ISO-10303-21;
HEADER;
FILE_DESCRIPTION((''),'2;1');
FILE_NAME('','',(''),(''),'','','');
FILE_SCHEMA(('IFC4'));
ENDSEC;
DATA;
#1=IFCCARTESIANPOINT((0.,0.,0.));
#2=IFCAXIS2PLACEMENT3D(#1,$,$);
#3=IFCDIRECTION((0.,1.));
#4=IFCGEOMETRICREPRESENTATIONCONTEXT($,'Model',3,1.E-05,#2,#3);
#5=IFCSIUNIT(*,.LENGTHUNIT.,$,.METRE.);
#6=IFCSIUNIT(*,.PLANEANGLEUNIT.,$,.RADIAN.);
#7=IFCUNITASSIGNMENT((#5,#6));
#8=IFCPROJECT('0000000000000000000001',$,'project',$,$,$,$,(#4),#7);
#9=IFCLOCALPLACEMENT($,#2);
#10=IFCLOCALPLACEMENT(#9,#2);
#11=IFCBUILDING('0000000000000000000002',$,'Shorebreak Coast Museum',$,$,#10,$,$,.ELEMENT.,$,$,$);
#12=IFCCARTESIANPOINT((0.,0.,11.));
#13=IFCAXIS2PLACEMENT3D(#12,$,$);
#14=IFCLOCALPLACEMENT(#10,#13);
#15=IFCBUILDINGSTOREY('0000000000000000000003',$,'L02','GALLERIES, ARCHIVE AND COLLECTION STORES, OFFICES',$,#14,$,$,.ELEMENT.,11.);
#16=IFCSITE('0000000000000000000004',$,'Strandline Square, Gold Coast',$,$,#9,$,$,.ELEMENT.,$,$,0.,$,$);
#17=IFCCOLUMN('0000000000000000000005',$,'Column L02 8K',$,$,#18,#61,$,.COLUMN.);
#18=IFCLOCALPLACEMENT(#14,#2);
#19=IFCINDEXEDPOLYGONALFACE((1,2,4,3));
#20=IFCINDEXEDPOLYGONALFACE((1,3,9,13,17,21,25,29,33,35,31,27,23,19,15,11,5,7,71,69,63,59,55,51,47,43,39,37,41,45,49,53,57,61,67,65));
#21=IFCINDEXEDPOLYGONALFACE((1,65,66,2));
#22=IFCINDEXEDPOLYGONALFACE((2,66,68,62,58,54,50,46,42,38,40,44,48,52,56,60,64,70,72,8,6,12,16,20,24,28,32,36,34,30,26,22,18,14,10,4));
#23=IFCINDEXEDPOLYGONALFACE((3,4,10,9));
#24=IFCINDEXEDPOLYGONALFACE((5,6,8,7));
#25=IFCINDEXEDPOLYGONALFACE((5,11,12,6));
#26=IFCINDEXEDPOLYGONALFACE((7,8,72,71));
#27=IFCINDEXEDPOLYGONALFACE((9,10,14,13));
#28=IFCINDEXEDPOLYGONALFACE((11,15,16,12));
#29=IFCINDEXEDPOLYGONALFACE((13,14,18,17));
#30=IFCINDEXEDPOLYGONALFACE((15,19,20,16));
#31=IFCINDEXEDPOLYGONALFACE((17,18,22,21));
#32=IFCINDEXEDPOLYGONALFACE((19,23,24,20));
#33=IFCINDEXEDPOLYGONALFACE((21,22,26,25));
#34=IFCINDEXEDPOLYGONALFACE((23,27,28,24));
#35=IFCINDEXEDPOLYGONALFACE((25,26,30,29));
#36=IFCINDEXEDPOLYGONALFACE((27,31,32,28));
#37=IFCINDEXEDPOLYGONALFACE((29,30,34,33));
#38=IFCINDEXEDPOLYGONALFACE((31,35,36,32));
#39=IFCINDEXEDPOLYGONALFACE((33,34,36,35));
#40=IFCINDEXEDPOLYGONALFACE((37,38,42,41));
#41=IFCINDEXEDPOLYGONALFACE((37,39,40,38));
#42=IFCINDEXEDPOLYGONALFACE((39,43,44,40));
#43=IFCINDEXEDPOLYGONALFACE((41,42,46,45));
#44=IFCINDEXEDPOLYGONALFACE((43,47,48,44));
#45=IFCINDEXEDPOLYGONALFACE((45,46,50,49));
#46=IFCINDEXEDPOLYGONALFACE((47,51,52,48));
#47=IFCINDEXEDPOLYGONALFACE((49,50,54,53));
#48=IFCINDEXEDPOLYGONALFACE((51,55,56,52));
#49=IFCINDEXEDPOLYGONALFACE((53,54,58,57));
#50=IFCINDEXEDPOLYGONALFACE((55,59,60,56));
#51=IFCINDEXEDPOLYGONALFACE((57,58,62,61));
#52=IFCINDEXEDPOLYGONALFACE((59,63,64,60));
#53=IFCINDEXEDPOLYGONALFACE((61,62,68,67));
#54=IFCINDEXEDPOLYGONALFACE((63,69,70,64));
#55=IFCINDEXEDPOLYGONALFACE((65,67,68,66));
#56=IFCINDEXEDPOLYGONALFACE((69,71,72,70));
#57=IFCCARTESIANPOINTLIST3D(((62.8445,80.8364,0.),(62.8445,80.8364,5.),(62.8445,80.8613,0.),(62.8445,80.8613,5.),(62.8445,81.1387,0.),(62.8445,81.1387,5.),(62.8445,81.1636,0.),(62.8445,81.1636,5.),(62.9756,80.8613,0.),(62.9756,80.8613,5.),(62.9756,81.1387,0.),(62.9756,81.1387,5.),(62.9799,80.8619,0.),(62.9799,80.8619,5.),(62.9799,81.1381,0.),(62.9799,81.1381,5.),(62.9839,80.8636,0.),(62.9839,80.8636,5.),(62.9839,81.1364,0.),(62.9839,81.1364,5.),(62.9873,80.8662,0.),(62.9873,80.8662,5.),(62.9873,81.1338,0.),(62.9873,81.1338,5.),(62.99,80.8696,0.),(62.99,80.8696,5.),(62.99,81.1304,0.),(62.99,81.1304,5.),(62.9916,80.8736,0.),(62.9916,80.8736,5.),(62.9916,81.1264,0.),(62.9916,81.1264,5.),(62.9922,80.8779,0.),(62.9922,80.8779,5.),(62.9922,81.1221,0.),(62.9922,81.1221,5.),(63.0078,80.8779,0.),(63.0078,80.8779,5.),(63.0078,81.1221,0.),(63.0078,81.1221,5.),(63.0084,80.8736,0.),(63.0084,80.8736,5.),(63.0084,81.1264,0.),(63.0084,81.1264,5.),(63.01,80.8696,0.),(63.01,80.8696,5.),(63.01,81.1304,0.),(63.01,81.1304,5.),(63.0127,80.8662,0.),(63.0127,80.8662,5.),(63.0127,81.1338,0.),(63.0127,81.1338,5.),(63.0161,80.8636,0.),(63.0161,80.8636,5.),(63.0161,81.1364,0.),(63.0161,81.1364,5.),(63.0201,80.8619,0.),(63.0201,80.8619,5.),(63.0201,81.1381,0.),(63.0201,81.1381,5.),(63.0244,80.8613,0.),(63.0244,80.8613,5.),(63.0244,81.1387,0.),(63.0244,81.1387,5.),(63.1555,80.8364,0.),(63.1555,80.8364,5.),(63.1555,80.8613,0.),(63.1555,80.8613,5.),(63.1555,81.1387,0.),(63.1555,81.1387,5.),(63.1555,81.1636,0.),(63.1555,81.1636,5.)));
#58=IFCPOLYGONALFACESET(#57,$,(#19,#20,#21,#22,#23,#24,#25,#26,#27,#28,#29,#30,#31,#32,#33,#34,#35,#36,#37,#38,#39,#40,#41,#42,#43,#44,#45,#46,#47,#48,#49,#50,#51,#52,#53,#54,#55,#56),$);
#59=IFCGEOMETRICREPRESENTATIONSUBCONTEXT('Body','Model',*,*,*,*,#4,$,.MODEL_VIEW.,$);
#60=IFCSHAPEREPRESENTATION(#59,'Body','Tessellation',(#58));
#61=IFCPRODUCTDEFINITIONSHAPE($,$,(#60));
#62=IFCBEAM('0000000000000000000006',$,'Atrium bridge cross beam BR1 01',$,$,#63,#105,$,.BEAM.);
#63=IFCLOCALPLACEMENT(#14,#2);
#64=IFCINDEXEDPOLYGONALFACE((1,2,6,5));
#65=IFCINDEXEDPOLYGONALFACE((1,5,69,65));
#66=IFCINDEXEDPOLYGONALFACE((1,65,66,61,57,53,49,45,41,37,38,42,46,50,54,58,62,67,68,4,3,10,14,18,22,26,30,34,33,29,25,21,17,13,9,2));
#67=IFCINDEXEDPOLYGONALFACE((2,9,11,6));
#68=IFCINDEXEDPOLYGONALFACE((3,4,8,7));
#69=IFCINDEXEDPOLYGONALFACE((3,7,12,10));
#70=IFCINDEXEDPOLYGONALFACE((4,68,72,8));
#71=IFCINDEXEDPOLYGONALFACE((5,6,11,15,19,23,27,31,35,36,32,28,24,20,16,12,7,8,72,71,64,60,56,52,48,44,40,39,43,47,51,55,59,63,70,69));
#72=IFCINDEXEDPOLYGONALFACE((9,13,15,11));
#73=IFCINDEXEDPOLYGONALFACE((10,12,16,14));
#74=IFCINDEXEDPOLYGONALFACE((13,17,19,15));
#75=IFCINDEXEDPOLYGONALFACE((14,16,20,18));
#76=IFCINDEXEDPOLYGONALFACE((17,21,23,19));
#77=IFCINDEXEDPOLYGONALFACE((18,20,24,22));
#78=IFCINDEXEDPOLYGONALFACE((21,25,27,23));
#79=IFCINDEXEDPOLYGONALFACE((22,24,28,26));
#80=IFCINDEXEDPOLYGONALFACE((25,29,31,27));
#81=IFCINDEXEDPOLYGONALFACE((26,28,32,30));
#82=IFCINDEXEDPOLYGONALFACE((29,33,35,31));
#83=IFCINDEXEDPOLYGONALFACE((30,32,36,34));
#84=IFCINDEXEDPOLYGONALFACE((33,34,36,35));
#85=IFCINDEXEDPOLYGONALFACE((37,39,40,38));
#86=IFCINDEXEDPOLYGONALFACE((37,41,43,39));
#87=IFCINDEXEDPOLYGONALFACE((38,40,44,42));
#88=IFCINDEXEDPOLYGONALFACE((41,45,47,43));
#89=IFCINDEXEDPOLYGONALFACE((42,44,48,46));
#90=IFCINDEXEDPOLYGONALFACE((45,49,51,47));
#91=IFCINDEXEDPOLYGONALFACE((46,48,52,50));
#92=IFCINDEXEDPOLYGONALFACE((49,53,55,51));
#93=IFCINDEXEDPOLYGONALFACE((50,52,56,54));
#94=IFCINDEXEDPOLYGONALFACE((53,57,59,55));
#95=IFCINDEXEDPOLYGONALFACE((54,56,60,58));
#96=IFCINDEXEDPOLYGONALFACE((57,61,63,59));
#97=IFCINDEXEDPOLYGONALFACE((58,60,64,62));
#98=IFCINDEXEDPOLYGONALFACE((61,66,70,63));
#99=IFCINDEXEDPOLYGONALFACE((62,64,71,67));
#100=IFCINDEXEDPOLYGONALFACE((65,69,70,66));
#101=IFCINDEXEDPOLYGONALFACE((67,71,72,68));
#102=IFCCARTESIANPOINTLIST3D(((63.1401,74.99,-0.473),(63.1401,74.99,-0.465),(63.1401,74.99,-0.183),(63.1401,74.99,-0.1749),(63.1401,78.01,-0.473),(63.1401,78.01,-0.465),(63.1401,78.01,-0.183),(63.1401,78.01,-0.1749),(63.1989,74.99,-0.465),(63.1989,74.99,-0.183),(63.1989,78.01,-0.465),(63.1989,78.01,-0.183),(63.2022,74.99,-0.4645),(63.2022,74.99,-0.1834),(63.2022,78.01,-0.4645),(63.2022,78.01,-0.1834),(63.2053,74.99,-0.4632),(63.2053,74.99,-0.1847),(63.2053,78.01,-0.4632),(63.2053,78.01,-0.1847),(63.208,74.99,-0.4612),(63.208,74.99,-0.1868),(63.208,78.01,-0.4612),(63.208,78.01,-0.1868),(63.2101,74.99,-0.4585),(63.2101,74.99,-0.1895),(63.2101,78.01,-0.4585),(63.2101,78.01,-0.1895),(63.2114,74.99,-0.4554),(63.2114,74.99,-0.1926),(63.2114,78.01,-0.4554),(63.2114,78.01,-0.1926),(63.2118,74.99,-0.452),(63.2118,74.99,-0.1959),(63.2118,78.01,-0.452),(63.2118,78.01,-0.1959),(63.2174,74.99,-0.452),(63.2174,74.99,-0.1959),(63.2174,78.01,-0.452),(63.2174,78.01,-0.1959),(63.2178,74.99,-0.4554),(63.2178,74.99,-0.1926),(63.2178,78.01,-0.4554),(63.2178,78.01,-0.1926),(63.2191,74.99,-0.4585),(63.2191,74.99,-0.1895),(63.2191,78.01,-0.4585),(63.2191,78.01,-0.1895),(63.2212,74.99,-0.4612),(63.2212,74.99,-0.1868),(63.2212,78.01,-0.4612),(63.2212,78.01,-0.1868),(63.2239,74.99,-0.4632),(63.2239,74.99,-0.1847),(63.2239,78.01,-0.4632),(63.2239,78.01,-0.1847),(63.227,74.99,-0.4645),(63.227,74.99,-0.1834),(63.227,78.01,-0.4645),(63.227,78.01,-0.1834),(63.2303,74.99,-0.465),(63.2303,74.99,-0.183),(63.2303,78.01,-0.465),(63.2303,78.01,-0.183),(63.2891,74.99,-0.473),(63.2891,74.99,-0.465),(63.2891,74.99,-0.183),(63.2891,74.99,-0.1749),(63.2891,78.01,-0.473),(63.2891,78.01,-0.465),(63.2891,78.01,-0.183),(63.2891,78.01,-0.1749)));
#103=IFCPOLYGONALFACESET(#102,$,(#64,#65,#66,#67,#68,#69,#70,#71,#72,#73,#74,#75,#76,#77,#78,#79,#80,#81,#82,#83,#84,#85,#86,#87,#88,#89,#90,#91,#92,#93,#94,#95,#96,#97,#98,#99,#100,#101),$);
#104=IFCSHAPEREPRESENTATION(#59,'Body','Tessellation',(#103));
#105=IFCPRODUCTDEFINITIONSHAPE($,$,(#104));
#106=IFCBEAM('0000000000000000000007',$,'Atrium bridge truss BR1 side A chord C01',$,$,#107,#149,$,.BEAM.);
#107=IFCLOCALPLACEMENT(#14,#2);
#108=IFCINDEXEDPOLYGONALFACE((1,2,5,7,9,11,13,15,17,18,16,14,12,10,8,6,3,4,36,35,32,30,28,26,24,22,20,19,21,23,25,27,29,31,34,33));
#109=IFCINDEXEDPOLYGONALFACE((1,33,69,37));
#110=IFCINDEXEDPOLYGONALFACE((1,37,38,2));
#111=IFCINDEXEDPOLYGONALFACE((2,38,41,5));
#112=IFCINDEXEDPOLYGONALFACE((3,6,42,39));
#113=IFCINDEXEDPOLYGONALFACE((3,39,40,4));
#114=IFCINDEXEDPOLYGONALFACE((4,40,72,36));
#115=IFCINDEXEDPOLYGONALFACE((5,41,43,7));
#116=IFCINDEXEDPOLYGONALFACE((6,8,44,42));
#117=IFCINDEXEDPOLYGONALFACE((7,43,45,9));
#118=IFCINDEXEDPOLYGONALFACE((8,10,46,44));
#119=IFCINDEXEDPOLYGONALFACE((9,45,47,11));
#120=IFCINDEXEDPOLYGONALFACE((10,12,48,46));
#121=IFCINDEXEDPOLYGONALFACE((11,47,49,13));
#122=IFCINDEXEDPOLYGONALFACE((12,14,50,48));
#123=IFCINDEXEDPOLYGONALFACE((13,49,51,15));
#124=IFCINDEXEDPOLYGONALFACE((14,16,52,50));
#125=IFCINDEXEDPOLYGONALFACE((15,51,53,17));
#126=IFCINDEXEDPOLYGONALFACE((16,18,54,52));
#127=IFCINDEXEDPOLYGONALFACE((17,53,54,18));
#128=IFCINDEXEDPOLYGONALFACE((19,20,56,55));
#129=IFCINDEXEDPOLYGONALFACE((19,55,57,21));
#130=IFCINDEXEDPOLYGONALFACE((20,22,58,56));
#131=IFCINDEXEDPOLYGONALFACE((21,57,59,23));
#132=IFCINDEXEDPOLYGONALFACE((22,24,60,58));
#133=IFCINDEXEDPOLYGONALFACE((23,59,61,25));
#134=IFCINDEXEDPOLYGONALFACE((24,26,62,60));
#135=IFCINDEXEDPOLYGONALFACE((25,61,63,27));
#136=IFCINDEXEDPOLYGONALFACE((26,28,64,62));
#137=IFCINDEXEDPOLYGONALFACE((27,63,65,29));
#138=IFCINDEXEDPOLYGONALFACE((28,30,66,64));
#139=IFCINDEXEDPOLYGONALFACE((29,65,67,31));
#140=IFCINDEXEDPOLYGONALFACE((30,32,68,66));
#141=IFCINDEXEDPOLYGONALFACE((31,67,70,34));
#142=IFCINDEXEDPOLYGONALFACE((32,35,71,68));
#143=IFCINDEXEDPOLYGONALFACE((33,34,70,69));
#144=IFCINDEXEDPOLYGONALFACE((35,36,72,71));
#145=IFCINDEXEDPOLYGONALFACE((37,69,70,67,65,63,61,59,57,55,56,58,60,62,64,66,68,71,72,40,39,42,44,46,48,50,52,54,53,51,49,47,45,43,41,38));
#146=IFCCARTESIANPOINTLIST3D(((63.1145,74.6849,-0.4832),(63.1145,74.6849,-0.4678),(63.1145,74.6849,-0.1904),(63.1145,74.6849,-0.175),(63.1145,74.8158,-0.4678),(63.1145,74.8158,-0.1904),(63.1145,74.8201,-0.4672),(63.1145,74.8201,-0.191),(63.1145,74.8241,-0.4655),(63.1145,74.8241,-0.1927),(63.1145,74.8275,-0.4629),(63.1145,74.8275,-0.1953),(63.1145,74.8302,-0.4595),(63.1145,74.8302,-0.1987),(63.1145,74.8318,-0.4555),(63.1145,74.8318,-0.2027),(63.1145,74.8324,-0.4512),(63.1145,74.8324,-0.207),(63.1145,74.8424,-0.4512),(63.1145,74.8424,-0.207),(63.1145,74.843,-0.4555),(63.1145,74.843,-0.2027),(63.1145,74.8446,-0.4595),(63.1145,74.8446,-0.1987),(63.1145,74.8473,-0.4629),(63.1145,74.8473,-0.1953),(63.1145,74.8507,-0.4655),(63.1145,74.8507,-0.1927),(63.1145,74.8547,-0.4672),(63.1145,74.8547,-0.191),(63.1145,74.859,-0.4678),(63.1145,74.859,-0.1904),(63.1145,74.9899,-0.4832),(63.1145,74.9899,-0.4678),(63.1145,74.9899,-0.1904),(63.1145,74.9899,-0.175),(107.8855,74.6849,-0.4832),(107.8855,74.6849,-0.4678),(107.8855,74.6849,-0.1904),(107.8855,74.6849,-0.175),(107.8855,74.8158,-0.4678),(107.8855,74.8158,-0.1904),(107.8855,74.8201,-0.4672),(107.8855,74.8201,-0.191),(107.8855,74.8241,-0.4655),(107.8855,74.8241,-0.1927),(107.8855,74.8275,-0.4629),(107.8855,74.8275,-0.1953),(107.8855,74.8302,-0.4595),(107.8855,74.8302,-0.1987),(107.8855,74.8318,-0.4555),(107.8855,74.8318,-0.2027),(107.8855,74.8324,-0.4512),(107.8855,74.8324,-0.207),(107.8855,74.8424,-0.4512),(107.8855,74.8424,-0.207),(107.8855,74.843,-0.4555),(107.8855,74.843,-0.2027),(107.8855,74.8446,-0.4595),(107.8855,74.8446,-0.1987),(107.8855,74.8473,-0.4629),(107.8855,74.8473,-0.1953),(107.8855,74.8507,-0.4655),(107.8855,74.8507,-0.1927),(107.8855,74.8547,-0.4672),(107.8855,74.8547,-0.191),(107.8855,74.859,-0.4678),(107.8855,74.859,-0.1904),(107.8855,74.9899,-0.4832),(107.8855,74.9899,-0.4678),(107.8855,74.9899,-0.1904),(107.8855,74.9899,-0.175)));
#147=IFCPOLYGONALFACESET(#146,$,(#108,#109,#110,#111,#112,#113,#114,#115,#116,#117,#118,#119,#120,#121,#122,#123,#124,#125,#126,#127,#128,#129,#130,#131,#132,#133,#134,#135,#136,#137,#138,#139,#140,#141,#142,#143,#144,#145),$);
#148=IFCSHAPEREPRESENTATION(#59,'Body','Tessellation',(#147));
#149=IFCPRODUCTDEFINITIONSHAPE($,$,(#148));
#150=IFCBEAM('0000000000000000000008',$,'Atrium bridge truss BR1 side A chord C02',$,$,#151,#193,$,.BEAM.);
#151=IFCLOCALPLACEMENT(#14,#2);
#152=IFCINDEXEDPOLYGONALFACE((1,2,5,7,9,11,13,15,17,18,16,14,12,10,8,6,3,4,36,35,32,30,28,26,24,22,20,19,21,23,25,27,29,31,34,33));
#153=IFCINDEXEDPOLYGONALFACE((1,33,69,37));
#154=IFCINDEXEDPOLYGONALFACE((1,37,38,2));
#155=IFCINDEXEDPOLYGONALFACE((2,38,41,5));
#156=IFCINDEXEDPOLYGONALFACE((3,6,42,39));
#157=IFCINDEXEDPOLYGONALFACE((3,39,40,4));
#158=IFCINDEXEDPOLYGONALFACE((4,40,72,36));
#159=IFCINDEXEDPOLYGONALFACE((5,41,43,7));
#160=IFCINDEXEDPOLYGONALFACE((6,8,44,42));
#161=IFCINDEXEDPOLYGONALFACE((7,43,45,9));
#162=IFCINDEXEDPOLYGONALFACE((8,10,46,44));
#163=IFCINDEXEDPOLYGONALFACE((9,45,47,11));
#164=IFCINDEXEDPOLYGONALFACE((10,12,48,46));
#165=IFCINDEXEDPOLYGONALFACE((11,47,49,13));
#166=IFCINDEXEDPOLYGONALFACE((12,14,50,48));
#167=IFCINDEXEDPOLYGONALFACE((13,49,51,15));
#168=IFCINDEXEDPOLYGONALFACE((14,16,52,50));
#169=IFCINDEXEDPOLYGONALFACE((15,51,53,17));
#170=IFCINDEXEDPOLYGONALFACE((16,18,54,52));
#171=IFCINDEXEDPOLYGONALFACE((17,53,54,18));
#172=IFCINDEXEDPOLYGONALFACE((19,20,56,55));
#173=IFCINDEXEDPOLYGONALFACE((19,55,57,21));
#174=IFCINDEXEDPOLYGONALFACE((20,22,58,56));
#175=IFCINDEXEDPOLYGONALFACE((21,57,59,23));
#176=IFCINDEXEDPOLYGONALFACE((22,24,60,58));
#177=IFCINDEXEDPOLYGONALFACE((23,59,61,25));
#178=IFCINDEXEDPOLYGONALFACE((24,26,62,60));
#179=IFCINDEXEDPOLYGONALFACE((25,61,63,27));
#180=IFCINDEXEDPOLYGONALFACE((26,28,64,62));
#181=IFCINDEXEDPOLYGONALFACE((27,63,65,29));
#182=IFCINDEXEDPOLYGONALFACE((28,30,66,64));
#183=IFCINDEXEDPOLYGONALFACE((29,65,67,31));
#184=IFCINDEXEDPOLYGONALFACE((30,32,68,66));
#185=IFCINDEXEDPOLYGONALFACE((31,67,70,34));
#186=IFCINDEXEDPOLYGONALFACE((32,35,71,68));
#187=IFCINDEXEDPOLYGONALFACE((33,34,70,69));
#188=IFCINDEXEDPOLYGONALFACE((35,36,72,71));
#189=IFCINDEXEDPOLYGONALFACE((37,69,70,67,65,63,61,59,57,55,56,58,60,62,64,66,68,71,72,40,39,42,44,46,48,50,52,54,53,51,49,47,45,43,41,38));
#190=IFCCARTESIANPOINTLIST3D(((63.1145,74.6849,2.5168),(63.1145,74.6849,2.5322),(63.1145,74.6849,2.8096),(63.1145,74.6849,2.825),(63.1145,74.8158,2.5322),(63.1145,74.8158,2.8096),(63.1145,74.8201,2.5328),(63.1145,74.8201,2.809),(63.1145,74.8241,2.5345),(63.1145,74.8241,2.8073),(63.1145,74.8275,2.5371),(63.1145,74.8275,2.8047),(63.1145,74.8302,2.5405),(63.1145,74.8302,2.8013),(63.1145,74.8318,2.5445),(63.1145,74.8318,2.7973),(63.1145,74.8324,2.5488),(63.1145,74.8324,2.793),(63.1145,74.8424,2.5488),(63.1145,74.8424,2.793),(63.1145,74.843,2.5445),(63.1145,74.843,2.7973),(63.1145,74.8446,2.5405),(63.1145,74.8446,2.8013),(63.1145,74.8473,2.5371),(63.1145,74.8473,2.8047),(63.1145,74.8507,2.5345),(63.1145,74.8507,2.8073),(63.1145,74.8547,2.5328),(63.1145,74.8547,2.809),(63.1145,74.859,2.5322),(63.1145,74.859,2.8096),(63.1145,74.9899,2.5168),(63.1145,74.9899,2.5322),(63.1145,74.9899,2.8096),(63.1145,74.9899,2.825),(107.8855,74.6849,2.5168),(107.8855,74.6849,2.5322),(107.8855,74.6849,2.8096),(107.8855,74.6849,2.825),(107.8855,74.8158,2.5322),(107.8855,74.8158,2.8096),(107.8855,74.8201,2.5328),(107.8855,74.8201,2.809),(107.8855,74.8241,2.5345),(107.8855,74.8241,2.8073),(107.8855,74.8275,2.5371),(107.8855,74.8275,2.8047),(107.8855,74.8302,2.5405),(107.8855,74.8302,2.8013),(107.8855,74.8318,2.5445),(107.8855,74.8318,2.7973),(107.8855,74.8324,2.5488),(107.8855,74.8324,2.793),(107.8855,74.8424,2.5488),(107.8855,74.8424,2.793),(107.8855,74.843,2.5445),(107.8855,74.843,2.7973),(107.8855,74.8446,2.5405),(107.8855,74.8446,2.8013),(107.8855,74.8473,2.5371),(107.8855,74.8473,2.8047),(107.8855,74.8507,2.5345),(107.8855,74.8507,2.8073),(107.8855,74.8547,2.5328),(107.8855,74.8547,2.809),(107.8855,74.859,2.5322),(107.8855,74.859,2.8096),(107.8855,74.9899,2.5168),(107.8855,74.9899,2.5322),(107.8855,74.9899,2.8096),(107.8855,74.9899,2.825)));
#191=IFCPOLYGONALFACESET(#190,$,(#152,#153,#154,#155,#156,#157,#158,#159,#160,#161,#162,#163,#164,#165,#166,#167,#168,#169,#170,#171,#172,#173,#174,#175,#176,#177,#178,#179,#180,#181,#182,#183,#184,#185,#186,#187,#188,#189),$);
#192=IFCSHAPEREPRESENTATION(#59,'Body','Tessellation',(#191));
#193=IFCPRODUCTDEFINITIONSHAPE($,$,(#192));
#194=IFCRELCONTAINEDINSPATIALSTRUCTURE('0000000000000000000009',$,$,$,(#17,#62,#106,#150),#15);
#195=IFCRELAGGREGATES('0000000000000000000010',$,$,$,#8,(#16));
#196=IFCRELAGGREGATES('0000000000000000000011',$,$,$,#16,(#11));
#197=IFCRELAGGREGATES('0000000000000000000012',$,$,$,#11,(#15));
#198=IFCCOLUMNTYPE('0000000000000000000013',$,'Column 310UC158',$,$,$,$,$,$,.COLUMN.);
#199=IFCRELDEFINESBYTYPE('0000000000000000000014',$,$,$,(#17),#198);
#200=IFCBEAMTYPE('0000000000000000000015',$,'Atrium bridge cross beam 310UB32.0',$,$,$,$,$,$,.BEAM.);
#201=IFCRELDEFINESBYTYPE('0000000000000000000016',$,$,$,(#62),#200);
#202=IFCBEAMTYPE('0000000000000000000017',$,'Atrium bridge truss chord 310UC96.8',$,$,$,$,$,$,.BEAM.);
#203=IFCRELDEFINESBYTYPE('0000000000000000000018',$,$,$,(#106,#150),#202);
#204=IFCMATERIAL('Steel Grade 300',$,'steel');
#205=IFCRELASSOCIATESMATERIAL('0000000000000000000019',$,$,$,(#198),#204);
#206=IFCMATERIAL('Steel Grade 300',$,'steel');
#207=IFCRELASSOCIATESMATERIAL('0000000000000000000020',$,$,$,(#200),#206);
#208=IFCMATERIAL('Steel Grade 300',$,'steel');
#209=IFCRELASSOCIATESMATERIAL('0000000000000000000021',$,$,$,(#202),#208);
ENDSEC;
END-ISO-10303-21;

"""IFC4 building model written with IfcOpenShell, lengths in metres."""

from ifc_helpers import new_model, si_unit, direction, frame, origin, origin_2d, place, context, subcontext, project, spatial, i_section, extrude, material, material_profile, profile_set, type_object, element, save


model = new_model("IFC4")

# Units and contexts
model_context = context("Model", 3, precision=1e-05, world=origin(), true_north=direction((0.0, 1.0)))
body_context = subcontext(model_context, "Body", "Model", "MODEL_VIEW")
ifc_project = project(units=[si_unit("LENGTHUNIT", "METRE"), si_unit("PLANEANGLEUNIT", "RADIAN")], contexts=[model_context])

# Site, building, storey
site_placement = place(None, origin())
site = spatial("IfcSite", under=ifc_project, at=site_placement, Name="Strandline Square, Gold Coast", CompositionType="ELEMENT", RefElevation=0.0)
building_placement = place(site_placement, origin())
building = spatial("IfcBuilding", under=site, at=building_placement, Name="Shorebreak Coast Museum", CompositionType="ELEMENT")
storey_placement = place(building_placement, frame((0.0, 0.0, 11.0)))
storey = spatial("IfcBuildingStorey", under=building, at=storey_placement, Name="L02", Description="GALLERIES, ARCHIVE AND COLLECTION STORES, OFFICES", CompositionType="ELEMENT", Elevation=11.0)

# Column
ifc_material_1 = material(Name="Steel Grade 300", Category="steel")
ifc_material_profile_1 = material_profile(ifc_material_1, i_section(OverallWidth=0.311, OverallDepth=0.3271, WebThickness=0.0156, FlangeThickness=0.0249, FilletRadius=0.0166, at=origin_2d()), Name="310UC158")
ifc_profile_set_1 = profile_set([ifc_material_profile_1], Name="Steel Grade 300")
column_type = type_object("IfcColumnType", Name="Column 310UC158", PredefinedType="COLUMN", material=ifc_profile_set_1)
column_placement = place(storey_placement, frame((63.0, 81.0, 0.0), z_axis=(0.0, 0.0, 1.0), x_axis=(1.0, 0.0, 0.0)))
element("IfcColumn", 1, at=column_placement, inside=storey, type_object=column_type, Name="Column L02 8K", PredefinedType="COLUMN", context=body_context, shape_type="SweptSolid", body=[
    extrude(i_section(OverallWidth=0.311, OverallDepth=0.3271, WebThickness=0.0156, FlangeThickness=0.0249, FilletRadius=0.0166, at=origin_2d()), origin(), (0.0, 0.0, 1.0), 5.0),
])

# Beams
ifc_material_2 = material(Name="Steel Grade 300", Category="steel")
ifc_material_profile_2 = material_profile(ifc_material_2, i_section(OverallWidth=0.1489, OverallDepth=0.2981, WebThickness=0.0056, FlangeThickness=0.0081, FilletRadius=0.0129, at=origin_2d()), Name="310UB32.0")
ifc_profile_set_2 = profile_set([ifc_material_profile_2], Name="Steel Grade 300")
beam_type_1 = type_object("IfcBeamType", Name="Atrium bridge cross beam 310UB32.0", PredefinedType="BEAM", material=ifc_profile_set_2)
beam_1_placement = place(storey_placement, frame((63.2146, 74.99, -0.324), z_axis=(0.0, 1.0, 0.0), x_axis=(-1.0, 0.0, 0.0)))
element("IfcBeam", 2, at=beam_1_placement, inside=storey, type_object=beam_type_1, Name="Atrium bridge cross beam BR1 01", PredefinedType="BEAM", context=body_context, shape_type="SweptSolid", body=[
    extrude(i_section(OverallWidth=0.1489, OverallDepth=0.2981, WebThickness=0.0056, FlangeThickness=0.0081, FilletRadius=0.0129, at=origin_2d()), origin(), (0.0, 0.0, 1.0), 3.02),
])
ifc_material_3 = material(Name="Steel Grade 300", Category="steel")
ifc_material_profile_3 = material_profile(ifc_material_3, i_section(OverallWidth=0.3049, OverallDepth=0.3081, WebThickness=0.01, FlangeThickness=0.0154, FilletRadius=0.0166, at=origin_2d()), Name="310UC96.8")
ifc_profile_set_3 = profile_set([ifc_material_profile_3], Name="Steel Grade 300")
beam_type_2 = type_object("IfcBeamType", Name="Atrium bridge truss chord 310UC96.8", PredefinedType="BEAM", material=ifc_profile_set_3)
for number, where, z_axis, x_axis, name in (
    (3, (63.1145, 74.8374, -0.3291), (1.0, 0.0, 0.0), (0.0, 1.0, 0.0), "Atrium bridge truss BR1 side A chord C01"),
    (4, (63.1145, 74.8374, 2.6709), (1.0, 0.0, 0.0), (0.0, 1.0, 0.0), "Atrium bridge truss BR1 side A chord C02"),
):
    element("IfcBeam", number, at=place(storey_placement, frame(where, z_axis=z_axis, x_axis=x_axis)), inside=storey, type_object=beam_type_2, Name=name, PredefinedType="BEAM", context=body_context, shape_type="SweptSolid", body=[
        extrude(i_section(OverallWidth=0.3049, OverallDepth=0.3081, WebThickness=0.01, FlangeThickness=0.0154, FilletRadius=0.0166, at=origin_2d()), origin(), (0.0, 0.0, 1.0), 44.771),
    ])

save(model, "model.ifc")
